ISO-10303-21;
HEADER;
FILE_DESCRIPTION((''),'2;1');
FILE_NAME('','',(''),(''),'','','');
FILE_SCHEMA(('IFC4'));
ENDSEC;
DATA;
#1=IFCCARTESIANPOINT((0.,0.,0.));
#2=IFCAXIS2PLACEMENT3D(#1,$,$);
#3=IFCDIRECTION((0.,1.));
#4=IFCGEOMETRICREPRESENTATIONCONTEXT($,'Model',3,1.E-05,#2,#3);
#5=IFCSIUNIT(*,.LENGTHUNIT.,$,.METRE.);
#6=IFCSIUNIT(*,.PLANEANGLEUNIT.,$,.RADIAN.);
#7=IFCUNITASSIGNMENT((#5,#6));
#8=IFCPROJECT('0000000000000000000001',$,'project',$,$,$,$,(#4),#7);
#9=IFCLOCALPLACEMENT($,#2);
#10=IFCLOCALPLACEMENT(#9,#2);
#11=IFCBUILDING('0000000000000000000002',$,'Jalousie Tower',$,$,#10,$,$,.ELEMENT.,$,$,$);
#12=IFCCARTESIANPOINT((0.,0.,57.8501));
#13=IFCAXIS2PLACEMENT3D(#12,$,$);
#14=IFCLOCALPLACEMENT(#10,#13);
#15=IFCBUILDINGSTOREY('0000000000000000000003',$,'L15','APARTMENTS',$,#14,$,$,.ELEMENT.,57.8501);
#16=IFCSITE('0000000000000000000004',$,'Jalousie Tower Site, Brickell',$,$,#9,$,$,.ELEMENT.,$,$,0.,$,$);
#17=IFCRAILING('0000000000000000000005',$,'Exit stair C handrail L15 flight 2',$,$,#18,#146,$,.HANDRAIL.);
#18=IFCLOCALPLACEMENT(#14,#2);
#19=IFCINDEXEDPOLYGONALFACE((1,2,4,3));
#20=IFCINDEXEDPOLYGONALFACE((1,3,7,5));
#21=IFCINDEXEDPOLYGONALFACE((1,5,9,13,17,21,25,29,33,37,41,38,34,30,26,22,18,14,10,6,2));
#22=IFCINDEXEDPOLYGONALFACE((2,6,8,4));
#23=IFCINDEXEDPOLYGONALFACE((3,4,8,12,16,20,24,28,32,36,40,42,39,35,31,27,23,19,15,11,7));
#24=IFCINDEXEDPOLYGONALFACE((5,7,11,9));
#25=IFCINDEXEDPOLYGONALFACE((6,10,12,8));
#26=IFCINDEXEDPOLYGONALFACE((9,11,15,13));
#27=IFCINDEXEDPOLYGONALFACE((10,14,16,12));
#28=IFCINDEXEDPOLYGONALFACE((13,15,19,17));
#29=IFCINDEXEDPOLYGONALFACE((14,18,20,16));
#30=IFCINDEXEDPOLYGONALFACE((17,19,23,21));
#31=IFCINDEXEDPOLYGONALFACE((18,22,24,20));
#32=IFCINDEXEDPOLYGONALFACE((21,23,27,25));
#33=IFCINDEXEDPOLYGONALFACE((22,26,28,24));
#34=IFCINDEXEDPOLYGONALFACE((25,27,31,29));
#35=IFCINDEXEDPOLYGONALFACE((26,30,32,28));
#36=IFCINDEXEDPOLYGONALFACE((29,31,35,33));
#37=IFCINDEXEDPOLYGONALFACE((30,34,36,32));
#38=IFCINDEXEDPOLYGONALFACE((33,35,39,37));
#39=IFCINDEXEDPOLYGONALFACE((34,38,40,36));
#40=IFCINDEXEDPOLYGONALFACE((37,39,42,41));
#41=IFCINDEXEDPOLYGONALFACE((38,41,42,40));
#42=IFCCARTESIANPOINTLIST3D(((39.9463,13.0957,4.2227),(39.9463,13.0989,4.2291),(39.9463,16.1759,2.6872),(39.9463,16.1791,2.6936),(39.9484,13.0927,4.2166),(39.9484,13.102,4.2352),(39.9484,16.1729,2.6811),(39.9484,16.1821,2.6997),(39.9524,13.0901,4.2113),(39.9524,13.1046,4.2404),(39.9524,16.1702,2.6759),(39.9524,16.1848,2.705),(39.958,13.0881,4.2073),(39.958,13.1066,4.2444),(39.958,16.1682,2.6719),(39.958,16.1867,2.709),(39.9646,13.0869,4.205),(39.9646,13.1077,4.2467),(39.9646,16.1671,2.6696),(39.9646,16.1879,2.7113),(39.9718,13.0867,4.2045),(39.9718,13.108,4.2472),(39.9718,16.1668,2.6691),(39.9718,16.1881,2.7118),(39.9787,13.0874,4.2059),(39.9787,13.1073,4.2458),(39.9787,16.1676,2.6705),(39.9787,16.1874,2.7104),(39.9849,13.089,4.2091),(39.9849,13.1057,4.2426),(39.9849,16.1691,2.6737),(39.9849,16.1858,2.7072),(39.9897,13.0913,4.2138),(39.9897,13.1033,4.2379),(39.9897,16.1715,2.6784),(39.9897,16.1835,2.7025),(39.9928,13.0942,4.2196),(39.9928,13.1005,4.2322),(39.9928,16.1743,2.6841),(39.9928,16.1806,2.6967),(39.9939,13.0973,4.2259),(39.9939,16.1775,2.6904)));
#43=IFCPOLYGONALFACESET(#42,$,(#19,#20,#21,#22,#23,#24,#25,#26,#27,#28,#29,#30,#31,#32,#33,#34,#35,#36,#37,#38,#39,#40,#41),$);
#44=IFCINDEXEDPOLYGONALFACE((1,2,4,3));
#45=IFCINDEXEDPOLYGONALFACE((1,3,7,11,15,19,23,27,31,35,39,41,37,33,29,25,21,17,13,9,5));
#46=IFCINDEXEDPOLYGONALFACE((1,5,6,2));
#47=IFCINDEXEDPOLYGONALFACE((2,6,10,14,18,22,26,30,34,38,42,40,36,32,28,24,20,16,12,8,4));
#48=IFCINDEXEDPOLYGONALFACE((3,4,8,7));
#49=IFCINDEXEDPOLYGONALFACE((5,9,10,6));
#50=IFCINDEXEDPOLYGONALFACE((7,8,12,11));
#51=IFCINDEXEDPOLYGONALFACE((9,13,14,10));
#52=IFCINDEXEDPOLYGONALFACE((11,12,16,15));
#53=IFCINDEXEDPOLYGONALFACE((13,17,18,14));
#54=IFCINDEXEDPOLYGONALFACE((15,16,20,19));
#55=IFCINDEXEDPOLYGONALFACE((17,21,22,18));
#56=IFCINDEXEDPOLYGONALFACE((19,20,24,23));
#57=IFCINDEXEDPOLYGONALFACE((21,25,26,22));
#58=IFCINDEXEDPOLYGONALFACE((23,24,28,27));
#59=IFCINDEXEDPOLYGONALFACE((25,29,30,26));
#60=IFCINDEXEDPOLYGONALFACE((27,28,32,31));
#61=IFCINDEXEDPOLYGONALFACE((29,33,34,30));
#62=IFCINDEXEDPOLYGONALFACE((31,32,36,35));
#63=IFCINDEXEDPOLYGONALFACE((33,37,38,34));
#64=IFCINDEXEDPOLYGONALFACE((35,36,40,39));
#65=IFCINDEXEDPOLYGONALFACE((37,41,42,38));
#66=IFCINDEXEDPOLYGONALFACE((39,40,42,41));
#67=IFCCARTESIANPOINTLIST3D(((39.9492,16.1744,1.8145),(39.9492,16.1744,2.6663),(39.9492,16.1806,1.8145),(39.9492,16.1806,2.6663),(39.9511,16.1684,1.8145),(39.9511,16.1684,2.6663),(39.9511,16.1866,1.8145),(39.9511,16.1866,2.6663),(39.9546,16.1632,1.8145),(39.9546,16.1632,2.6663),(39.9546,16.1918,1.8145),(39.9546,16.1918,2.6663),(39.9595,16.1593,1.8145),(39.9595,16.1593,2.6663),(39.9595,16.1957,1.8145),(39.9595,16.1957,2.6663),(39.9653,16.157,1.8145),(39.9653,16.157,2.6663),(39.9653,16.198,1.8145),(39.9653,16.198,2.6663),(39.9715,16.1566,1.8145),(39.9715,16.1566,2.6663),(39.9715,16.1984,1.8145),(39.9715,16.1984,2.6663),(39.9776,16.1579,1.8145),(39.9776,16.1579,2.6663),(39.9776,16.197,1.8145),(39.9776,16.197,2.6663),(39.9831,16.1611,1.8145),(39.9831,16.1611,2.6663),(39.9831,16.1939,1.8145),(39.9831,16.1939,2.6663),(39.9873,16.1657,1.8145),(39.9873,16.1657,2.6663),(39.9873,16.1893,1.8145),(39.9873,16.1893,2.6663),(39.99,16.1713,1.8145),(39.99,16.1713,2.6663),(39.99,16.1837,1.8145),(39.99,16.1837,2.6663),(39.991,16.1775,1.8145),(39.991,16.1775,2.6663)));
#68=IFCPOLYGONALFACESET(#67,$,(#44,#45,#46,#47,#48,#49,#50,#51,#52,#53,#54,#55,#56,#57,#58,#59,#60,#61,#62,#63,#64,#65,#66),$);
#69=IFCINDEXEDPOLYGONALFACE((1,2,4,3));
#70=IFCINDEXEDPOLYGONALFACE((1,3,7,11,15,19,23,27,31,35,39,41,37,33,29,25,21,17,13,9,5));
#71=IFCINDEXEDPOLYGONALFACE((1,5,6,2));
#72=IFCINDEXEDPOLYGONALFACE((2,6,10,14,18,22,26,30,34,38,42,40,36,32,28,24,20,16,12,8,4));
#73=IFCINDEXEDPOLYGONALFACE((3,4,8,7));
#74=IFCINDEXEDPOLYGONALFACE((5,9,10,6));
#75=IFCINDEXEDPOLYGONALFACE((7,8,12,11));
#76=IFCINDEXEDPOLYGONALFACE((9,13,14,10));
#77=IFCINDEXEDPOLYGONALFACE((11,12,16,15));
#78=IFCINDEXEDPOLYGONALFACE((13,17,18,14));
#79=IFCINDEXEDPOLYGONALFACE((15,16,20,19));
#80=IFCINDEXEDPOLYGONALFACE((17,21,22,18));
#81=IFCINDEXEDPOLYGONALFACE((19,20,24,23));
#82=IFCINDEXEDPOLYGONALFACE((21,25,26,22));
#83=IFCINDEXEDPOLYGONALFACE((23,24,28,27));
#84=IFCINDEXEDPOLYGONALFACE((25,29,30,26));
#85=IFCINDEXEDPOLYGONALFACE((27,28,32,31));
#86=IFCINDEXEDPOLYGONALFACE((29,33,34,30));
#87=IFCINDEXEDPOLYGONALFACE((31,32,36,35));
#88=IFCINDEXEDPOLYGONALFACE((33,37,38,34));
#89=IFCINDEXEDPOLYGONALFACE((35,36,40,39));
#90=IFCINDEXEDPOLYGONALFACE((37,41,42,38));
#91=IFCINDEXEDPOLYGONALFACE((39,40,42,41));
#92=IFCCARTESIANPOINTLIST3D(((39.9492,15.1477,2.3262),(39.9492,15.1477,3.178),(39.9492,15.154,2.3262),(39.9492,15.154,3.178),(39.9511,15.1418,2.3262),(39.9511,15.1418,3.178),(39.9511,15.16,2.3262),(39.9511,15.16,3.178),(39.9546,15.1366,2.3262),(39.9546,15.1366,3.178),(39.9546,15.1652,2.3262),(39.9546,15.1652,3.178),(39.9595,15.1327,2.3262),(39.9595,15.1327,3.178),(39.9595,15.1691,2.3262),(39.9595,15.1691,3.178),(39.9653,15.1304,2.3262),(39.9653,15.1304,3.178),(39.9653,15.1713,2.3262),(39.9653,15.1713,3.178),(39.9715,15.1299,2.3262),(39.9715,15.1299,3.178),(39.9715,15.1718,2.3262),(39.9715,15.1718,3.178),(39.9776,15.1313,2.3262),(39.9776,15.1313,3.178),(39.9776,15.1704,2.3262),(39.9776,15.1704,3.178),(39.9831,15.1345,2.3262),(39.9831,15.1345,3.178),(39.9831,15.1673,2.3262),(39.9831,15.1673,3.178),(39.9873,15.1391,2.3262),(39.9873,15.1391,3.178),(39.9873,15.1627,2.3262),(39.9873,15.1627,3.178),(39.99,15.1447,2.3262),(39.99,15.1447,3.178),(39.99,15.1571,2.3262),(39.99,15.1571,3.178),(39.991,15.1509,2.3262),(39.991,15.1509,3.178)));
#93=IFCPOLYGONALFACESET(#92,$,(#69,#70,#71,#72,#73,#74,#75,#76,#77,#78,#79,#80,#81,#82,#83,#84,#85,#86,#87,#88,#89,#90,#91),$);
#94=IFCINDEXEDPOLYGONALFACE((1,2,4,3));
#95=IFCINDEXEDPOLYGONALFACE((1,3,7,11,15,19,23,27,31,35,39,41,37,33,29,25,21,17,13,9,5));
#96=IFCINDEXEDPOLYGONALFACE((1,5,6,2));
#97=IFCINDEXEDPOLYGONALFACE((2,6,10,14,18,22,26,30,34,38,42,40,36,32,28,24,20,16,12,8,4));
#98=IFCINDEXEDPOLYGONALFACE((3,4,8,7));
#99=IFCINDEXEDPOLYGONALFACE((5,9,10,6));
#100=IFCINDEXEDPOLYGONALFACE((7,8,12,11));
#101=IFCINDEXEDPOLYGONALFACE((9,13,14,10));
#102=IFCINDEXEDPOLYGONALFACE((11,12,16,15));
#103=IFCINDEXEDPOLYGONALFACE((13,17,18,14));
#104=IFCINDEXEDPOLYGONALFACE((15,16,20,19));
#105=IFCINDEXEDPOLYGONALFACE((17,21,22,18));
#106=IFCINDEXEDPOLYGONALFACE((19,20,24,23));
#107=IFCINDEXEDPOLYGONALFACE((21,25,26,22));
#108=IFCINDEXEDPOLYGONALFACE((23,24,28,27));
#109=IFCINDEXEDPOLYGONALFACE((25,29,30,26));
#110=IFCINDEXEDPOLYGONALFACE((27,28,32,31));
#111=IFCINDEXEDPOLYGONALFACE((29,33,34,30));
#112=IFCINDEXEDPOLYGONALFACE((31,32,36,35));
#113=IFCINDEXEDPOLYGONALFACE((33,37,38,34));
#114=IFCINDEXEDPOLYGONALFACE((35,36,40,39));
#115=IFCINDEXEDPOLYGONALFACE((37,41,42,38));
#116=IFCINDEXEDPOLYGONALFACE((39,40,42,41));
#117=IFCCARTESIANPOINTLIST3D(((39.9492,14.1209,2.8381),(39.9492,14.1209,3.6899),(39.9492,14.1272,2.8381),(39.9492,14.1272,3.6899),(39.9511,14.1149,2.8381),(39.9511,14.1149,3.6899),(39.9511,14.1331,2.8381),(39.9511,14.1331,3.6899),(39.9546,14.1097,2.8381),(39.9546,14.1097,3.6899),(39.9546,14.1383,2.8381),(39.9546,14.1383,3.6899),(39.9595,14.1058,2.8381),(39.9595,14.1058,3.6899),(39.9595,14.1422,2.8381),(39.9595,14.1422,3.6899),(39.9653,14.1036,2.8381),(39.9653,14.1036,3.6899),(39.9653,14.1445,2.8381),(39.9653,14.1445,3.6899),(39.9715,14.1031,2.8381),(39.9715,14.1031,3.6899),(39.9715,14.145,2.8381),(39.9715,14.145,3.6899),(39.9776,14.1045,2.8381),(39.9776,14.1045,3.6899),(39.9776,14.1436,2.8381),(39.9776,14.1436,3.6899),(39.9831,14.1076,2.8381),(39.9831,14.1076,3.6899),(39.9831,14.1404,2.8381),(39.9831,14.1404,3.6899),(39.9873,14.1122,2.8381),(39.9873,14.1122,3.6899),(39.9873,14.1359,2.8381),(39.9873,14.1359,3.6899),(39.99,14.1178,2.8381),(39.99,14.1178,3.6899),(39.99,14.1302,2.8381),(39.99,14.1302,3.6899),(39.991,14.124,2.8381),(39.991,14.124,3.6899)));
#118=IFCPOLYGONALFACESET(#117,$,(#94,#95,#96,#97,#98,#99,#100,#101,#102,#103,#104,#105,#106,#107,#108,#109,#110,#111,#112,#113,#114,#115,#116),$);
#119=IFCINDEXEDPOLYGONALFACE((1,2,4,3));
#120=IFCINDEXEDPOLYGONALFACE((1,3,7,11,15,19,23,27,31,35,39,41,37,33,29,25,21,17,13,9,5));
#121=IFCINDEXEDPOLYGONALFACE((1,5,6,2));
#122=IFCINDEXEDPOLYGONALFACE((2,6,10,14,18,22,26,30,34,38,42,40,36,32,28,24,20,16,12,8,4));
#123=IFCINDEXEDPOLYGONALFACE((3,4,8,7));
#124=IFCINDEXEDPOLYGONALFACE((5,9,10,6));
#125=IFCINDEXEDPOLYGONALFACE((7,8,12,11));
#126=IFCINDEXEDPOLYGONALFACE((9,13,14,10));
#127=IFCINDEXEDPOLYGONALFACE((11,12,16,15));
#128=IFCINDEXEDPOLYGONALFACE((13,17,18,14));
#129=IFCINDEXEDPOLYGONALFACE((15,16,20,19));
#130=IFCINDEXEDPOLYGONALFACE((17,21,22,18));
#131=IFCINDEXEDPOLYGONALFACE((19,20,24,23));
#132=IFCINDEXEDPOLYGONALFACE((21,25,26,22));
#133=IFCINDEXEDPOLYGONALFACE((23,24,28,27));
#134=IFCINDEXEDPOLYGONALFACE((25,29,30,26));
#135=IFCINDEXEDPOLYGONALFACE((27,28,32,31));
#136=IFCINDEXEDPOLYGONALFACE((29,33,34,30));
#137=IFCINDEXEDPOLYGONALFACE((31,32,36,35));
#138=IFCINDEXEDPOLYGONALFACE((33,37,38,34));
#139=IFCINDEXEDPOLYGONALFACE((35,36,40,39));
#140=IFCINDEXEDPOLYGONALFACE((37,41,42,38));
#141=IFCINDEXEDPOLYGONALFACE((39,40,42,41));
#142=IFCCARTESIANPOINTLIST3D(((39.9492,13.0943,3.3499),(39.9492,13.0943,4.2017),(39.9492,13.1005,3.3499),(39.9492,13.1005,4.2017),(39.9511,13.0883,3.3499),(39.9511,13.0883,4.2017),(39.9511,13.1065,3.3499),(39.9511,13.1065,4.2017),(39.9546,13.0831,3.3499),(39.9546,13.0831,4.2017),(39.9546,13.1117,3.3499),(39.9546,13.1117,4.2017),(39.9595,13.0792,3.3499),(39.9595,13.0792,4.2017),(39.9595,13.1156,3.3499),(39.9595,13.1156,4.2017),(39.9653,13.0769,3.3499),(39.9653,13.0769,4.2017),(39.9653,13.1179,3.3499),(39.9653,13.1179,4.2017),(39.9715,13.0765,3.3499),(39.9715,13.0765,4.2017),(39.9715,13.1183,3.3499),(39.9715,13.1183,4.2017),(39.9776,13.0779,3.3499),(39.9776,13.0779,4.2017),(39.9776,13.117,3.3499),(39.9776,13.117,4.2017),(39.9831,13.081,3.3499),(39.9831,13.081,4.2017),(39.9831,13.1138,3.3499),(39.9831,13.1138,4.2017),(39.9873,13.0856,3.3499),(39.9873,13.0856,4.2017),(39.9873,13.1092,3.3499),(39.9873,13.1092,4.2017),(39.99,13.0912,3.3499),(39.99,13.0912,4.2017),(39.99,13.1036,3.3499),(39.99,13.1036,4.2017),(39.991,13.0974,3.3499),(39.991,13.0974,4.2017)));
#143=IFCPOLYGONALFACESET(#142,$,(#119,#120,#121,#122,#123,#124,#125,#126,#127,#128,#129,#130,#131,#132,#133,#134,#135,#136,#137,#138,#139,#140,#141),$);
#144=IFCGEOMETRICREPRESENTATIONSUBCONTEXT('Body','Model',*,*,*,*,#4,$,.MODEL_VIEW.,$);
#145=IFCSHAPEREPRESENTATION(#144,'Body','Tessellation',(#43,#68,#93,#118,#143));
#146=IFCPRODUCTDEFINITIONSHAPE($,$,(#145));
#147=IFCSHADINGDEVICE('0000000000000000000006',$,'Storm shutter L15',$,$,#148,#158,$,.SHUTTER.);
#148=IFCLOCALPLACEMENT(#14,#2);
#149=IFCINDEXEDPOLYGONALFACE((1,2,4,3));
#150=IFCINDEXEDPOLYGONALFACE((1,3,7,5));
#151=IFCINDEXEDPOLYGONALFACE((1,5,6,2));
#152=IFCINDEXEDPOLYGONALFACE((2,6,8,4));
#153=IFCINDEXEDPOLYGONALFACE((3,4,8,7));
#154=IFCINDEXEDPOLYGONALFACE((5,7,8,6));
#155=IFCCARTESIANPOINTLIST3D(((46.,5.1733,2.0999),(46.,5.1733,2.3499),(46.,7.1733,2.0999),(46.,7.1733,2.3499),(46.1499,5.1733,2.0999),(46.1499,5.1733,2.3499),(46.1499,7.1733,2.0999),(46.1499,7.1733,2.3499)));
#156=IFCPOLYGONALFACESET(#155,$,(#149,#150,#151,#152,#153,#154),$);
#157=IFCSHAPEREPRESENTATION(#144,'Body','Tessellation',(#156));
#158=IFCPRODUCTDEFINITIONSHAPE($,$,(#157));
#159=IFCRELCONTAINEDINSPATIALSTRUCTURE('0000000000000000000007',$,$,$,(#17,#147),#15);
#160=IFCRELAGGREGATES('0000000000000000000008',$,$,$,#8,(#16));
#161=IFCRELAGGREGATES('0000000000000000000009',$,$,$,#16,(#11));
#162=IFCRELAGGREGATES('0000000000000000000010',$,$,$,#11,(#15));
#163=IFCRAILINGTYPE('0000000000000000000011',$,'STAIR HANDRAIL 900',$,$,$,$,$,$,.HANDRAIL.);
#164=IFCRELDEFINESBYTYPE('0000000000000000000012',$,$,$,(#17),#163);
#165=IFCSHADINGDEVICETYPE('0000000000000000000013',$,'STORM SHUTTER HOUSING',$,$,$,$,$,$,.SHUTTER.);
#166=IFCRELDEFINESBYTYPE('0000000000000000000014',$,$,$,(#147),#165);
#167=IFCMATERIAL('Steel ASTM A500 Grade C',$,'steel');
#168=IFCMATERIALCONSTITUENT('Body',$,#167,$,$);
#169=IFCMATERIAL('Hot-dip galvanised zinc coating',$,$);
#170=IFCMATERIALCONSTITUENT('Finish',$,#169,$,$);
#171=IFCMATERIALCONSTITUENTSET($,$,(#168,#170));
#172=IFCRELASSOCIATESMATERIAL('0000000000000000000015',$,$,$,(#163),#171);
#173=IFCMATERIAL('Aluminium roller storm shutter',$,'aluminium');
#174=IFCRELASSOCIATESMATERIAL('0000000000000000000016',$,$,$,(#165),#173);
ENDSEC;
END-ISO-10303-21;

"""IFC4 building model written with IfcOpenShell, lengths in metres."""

from ifc_helpers import new_model, si_unit, direction, frame, origin, origin_2d, place, context, subcontext, project, spatial, rectangle, circle, extrude, material, constituent, constituent_set, type_object, element, save


model = new_model("IFC4")

# Units and contexts
model_context = context("Model", 3, precision=1e-05, world=origin(), true_north=direction((0.0, 1.0)))
body_context = subcontext(model_context, "Body", "Model", "MODEL_VIEW")
ifc_project = project(units=[si_unit("LENGTHUNIT", "METRE"), si_unit("PLANEANGLEUNIT", "RADIAN")], contexts=[model_context])

# Site, building, storey
site_placement = place(None, origin())
site = spatial("IfcSite", under=ifc_project, at=site_placement, Name="Jalousie Tower Site, Brickell", CompositionType="ELEMENT", RefElevation=0.0)
building_placement = place(site_placement, origin())
building = spatial("IfcBuilding", under=site, at=building_placement, Name="Jalousie Tower", CompositionType="ELEMENT")
storey_placement = place(building_placement, frame((0.0, 0.0, 57.8501)))
storey = spatial("IfcBuildingStorey", under=building, at=storey_placement, Name="L15", Description="APARTMENTS", CompositionType="ELEMENT", Elevation=57.8501)

# Railing
ifc_material_1 = material(Name="Steel ASTM A500 Grade C", Category="steel")
ifc_constituent_1 = constituent(ifc_material_1, Name="Body")
ifc_material_2 = material(Name="Hot-dip galvanised zinc coating")
ifc_constituent_2 = constituent(ifc_material_2, Name="Finish")
ifc_constituent_set_1 = constituent_set(constituents=[ifc_constituent_1, ifc_constituent_2])
railing_type_1 = type_object("IfcRailingType", Name="STAIR HANDRAIL 900", PredefinedType="HANDRAIL", material=ifc_constituent_set_1)
railing_1_placement = place(storey_placement, frame((39.97, 16.1775, 1.8145)))
element("IfcRailing", 1, at=railing_1_placement, inside=storey, type_object=railing_type_1, Name="Exit stair C handrail L15 flight 2", PredefinedType="HANDRAIL", context=body_context, shape_type="SweptSolid", body=[
    extrude(circle(Radius=0.0239, at=origin_2d()), frame((0.0, 0.0, 0.876), z_axis=(0.0, -0.894966, 0.446135), x_axis=(1.0, 0.0, 0.0)), (0.0, 0.0, 1.0), 3.4417),
    extrude(circle(Radius=0.021, at=origin_2d()), origin(), (0.0, 0.0, 1.0), 0.8518),
    extrude(circle(Radius=0.021, at=origin_2d()), frame((0.0, -1.0266, 0.5117)), (0.0, 0.0, 1.0), 0.8518),
    extrude(circle(Radius=0.021, at=origin_2d()), frame((0.0, -2.0535, 1.0237)), (0.0, 0.0, 1.0), 0.8518),
    extrude(circle(Radius=0.021, at=origin_2d()), frame((0.0, -3.0801, 1.5354)), (0.0, 0.0, 1.0), 0.8518),
])

# Shading device
ifc_material_3 = material(Name="Aluminium roller storm shutter", Category="aluminium")
shading_device_type = type_object("IfcShadingDeviceType", Name="STORM SHUTTER HOUSING", PredefinedType="SHUTTER", material=ifc_material_3)
shading_device_placement = place(storey_placement, frame((46.075, 6.1733, 2.0999), z_axis=(0.0, 0.0, 1.0), x_axis=(0.0, 1.0, 0.0)))
element("IfcShadingDevice", 2, at=shading_device_placement, inside=storey, type_object=shading_device_type, Name="Storm shutter L15", PredefinedType="SHUTTER", context=body_context, shape_type="SweptSolid", body=[
    extrude(rectangle(XDim=2.0, YDim=0.1499, at=origin_2d()), origin(), (0.0, 0.0, 1.0), 0.25),
])

save(model, "model.ifc")
